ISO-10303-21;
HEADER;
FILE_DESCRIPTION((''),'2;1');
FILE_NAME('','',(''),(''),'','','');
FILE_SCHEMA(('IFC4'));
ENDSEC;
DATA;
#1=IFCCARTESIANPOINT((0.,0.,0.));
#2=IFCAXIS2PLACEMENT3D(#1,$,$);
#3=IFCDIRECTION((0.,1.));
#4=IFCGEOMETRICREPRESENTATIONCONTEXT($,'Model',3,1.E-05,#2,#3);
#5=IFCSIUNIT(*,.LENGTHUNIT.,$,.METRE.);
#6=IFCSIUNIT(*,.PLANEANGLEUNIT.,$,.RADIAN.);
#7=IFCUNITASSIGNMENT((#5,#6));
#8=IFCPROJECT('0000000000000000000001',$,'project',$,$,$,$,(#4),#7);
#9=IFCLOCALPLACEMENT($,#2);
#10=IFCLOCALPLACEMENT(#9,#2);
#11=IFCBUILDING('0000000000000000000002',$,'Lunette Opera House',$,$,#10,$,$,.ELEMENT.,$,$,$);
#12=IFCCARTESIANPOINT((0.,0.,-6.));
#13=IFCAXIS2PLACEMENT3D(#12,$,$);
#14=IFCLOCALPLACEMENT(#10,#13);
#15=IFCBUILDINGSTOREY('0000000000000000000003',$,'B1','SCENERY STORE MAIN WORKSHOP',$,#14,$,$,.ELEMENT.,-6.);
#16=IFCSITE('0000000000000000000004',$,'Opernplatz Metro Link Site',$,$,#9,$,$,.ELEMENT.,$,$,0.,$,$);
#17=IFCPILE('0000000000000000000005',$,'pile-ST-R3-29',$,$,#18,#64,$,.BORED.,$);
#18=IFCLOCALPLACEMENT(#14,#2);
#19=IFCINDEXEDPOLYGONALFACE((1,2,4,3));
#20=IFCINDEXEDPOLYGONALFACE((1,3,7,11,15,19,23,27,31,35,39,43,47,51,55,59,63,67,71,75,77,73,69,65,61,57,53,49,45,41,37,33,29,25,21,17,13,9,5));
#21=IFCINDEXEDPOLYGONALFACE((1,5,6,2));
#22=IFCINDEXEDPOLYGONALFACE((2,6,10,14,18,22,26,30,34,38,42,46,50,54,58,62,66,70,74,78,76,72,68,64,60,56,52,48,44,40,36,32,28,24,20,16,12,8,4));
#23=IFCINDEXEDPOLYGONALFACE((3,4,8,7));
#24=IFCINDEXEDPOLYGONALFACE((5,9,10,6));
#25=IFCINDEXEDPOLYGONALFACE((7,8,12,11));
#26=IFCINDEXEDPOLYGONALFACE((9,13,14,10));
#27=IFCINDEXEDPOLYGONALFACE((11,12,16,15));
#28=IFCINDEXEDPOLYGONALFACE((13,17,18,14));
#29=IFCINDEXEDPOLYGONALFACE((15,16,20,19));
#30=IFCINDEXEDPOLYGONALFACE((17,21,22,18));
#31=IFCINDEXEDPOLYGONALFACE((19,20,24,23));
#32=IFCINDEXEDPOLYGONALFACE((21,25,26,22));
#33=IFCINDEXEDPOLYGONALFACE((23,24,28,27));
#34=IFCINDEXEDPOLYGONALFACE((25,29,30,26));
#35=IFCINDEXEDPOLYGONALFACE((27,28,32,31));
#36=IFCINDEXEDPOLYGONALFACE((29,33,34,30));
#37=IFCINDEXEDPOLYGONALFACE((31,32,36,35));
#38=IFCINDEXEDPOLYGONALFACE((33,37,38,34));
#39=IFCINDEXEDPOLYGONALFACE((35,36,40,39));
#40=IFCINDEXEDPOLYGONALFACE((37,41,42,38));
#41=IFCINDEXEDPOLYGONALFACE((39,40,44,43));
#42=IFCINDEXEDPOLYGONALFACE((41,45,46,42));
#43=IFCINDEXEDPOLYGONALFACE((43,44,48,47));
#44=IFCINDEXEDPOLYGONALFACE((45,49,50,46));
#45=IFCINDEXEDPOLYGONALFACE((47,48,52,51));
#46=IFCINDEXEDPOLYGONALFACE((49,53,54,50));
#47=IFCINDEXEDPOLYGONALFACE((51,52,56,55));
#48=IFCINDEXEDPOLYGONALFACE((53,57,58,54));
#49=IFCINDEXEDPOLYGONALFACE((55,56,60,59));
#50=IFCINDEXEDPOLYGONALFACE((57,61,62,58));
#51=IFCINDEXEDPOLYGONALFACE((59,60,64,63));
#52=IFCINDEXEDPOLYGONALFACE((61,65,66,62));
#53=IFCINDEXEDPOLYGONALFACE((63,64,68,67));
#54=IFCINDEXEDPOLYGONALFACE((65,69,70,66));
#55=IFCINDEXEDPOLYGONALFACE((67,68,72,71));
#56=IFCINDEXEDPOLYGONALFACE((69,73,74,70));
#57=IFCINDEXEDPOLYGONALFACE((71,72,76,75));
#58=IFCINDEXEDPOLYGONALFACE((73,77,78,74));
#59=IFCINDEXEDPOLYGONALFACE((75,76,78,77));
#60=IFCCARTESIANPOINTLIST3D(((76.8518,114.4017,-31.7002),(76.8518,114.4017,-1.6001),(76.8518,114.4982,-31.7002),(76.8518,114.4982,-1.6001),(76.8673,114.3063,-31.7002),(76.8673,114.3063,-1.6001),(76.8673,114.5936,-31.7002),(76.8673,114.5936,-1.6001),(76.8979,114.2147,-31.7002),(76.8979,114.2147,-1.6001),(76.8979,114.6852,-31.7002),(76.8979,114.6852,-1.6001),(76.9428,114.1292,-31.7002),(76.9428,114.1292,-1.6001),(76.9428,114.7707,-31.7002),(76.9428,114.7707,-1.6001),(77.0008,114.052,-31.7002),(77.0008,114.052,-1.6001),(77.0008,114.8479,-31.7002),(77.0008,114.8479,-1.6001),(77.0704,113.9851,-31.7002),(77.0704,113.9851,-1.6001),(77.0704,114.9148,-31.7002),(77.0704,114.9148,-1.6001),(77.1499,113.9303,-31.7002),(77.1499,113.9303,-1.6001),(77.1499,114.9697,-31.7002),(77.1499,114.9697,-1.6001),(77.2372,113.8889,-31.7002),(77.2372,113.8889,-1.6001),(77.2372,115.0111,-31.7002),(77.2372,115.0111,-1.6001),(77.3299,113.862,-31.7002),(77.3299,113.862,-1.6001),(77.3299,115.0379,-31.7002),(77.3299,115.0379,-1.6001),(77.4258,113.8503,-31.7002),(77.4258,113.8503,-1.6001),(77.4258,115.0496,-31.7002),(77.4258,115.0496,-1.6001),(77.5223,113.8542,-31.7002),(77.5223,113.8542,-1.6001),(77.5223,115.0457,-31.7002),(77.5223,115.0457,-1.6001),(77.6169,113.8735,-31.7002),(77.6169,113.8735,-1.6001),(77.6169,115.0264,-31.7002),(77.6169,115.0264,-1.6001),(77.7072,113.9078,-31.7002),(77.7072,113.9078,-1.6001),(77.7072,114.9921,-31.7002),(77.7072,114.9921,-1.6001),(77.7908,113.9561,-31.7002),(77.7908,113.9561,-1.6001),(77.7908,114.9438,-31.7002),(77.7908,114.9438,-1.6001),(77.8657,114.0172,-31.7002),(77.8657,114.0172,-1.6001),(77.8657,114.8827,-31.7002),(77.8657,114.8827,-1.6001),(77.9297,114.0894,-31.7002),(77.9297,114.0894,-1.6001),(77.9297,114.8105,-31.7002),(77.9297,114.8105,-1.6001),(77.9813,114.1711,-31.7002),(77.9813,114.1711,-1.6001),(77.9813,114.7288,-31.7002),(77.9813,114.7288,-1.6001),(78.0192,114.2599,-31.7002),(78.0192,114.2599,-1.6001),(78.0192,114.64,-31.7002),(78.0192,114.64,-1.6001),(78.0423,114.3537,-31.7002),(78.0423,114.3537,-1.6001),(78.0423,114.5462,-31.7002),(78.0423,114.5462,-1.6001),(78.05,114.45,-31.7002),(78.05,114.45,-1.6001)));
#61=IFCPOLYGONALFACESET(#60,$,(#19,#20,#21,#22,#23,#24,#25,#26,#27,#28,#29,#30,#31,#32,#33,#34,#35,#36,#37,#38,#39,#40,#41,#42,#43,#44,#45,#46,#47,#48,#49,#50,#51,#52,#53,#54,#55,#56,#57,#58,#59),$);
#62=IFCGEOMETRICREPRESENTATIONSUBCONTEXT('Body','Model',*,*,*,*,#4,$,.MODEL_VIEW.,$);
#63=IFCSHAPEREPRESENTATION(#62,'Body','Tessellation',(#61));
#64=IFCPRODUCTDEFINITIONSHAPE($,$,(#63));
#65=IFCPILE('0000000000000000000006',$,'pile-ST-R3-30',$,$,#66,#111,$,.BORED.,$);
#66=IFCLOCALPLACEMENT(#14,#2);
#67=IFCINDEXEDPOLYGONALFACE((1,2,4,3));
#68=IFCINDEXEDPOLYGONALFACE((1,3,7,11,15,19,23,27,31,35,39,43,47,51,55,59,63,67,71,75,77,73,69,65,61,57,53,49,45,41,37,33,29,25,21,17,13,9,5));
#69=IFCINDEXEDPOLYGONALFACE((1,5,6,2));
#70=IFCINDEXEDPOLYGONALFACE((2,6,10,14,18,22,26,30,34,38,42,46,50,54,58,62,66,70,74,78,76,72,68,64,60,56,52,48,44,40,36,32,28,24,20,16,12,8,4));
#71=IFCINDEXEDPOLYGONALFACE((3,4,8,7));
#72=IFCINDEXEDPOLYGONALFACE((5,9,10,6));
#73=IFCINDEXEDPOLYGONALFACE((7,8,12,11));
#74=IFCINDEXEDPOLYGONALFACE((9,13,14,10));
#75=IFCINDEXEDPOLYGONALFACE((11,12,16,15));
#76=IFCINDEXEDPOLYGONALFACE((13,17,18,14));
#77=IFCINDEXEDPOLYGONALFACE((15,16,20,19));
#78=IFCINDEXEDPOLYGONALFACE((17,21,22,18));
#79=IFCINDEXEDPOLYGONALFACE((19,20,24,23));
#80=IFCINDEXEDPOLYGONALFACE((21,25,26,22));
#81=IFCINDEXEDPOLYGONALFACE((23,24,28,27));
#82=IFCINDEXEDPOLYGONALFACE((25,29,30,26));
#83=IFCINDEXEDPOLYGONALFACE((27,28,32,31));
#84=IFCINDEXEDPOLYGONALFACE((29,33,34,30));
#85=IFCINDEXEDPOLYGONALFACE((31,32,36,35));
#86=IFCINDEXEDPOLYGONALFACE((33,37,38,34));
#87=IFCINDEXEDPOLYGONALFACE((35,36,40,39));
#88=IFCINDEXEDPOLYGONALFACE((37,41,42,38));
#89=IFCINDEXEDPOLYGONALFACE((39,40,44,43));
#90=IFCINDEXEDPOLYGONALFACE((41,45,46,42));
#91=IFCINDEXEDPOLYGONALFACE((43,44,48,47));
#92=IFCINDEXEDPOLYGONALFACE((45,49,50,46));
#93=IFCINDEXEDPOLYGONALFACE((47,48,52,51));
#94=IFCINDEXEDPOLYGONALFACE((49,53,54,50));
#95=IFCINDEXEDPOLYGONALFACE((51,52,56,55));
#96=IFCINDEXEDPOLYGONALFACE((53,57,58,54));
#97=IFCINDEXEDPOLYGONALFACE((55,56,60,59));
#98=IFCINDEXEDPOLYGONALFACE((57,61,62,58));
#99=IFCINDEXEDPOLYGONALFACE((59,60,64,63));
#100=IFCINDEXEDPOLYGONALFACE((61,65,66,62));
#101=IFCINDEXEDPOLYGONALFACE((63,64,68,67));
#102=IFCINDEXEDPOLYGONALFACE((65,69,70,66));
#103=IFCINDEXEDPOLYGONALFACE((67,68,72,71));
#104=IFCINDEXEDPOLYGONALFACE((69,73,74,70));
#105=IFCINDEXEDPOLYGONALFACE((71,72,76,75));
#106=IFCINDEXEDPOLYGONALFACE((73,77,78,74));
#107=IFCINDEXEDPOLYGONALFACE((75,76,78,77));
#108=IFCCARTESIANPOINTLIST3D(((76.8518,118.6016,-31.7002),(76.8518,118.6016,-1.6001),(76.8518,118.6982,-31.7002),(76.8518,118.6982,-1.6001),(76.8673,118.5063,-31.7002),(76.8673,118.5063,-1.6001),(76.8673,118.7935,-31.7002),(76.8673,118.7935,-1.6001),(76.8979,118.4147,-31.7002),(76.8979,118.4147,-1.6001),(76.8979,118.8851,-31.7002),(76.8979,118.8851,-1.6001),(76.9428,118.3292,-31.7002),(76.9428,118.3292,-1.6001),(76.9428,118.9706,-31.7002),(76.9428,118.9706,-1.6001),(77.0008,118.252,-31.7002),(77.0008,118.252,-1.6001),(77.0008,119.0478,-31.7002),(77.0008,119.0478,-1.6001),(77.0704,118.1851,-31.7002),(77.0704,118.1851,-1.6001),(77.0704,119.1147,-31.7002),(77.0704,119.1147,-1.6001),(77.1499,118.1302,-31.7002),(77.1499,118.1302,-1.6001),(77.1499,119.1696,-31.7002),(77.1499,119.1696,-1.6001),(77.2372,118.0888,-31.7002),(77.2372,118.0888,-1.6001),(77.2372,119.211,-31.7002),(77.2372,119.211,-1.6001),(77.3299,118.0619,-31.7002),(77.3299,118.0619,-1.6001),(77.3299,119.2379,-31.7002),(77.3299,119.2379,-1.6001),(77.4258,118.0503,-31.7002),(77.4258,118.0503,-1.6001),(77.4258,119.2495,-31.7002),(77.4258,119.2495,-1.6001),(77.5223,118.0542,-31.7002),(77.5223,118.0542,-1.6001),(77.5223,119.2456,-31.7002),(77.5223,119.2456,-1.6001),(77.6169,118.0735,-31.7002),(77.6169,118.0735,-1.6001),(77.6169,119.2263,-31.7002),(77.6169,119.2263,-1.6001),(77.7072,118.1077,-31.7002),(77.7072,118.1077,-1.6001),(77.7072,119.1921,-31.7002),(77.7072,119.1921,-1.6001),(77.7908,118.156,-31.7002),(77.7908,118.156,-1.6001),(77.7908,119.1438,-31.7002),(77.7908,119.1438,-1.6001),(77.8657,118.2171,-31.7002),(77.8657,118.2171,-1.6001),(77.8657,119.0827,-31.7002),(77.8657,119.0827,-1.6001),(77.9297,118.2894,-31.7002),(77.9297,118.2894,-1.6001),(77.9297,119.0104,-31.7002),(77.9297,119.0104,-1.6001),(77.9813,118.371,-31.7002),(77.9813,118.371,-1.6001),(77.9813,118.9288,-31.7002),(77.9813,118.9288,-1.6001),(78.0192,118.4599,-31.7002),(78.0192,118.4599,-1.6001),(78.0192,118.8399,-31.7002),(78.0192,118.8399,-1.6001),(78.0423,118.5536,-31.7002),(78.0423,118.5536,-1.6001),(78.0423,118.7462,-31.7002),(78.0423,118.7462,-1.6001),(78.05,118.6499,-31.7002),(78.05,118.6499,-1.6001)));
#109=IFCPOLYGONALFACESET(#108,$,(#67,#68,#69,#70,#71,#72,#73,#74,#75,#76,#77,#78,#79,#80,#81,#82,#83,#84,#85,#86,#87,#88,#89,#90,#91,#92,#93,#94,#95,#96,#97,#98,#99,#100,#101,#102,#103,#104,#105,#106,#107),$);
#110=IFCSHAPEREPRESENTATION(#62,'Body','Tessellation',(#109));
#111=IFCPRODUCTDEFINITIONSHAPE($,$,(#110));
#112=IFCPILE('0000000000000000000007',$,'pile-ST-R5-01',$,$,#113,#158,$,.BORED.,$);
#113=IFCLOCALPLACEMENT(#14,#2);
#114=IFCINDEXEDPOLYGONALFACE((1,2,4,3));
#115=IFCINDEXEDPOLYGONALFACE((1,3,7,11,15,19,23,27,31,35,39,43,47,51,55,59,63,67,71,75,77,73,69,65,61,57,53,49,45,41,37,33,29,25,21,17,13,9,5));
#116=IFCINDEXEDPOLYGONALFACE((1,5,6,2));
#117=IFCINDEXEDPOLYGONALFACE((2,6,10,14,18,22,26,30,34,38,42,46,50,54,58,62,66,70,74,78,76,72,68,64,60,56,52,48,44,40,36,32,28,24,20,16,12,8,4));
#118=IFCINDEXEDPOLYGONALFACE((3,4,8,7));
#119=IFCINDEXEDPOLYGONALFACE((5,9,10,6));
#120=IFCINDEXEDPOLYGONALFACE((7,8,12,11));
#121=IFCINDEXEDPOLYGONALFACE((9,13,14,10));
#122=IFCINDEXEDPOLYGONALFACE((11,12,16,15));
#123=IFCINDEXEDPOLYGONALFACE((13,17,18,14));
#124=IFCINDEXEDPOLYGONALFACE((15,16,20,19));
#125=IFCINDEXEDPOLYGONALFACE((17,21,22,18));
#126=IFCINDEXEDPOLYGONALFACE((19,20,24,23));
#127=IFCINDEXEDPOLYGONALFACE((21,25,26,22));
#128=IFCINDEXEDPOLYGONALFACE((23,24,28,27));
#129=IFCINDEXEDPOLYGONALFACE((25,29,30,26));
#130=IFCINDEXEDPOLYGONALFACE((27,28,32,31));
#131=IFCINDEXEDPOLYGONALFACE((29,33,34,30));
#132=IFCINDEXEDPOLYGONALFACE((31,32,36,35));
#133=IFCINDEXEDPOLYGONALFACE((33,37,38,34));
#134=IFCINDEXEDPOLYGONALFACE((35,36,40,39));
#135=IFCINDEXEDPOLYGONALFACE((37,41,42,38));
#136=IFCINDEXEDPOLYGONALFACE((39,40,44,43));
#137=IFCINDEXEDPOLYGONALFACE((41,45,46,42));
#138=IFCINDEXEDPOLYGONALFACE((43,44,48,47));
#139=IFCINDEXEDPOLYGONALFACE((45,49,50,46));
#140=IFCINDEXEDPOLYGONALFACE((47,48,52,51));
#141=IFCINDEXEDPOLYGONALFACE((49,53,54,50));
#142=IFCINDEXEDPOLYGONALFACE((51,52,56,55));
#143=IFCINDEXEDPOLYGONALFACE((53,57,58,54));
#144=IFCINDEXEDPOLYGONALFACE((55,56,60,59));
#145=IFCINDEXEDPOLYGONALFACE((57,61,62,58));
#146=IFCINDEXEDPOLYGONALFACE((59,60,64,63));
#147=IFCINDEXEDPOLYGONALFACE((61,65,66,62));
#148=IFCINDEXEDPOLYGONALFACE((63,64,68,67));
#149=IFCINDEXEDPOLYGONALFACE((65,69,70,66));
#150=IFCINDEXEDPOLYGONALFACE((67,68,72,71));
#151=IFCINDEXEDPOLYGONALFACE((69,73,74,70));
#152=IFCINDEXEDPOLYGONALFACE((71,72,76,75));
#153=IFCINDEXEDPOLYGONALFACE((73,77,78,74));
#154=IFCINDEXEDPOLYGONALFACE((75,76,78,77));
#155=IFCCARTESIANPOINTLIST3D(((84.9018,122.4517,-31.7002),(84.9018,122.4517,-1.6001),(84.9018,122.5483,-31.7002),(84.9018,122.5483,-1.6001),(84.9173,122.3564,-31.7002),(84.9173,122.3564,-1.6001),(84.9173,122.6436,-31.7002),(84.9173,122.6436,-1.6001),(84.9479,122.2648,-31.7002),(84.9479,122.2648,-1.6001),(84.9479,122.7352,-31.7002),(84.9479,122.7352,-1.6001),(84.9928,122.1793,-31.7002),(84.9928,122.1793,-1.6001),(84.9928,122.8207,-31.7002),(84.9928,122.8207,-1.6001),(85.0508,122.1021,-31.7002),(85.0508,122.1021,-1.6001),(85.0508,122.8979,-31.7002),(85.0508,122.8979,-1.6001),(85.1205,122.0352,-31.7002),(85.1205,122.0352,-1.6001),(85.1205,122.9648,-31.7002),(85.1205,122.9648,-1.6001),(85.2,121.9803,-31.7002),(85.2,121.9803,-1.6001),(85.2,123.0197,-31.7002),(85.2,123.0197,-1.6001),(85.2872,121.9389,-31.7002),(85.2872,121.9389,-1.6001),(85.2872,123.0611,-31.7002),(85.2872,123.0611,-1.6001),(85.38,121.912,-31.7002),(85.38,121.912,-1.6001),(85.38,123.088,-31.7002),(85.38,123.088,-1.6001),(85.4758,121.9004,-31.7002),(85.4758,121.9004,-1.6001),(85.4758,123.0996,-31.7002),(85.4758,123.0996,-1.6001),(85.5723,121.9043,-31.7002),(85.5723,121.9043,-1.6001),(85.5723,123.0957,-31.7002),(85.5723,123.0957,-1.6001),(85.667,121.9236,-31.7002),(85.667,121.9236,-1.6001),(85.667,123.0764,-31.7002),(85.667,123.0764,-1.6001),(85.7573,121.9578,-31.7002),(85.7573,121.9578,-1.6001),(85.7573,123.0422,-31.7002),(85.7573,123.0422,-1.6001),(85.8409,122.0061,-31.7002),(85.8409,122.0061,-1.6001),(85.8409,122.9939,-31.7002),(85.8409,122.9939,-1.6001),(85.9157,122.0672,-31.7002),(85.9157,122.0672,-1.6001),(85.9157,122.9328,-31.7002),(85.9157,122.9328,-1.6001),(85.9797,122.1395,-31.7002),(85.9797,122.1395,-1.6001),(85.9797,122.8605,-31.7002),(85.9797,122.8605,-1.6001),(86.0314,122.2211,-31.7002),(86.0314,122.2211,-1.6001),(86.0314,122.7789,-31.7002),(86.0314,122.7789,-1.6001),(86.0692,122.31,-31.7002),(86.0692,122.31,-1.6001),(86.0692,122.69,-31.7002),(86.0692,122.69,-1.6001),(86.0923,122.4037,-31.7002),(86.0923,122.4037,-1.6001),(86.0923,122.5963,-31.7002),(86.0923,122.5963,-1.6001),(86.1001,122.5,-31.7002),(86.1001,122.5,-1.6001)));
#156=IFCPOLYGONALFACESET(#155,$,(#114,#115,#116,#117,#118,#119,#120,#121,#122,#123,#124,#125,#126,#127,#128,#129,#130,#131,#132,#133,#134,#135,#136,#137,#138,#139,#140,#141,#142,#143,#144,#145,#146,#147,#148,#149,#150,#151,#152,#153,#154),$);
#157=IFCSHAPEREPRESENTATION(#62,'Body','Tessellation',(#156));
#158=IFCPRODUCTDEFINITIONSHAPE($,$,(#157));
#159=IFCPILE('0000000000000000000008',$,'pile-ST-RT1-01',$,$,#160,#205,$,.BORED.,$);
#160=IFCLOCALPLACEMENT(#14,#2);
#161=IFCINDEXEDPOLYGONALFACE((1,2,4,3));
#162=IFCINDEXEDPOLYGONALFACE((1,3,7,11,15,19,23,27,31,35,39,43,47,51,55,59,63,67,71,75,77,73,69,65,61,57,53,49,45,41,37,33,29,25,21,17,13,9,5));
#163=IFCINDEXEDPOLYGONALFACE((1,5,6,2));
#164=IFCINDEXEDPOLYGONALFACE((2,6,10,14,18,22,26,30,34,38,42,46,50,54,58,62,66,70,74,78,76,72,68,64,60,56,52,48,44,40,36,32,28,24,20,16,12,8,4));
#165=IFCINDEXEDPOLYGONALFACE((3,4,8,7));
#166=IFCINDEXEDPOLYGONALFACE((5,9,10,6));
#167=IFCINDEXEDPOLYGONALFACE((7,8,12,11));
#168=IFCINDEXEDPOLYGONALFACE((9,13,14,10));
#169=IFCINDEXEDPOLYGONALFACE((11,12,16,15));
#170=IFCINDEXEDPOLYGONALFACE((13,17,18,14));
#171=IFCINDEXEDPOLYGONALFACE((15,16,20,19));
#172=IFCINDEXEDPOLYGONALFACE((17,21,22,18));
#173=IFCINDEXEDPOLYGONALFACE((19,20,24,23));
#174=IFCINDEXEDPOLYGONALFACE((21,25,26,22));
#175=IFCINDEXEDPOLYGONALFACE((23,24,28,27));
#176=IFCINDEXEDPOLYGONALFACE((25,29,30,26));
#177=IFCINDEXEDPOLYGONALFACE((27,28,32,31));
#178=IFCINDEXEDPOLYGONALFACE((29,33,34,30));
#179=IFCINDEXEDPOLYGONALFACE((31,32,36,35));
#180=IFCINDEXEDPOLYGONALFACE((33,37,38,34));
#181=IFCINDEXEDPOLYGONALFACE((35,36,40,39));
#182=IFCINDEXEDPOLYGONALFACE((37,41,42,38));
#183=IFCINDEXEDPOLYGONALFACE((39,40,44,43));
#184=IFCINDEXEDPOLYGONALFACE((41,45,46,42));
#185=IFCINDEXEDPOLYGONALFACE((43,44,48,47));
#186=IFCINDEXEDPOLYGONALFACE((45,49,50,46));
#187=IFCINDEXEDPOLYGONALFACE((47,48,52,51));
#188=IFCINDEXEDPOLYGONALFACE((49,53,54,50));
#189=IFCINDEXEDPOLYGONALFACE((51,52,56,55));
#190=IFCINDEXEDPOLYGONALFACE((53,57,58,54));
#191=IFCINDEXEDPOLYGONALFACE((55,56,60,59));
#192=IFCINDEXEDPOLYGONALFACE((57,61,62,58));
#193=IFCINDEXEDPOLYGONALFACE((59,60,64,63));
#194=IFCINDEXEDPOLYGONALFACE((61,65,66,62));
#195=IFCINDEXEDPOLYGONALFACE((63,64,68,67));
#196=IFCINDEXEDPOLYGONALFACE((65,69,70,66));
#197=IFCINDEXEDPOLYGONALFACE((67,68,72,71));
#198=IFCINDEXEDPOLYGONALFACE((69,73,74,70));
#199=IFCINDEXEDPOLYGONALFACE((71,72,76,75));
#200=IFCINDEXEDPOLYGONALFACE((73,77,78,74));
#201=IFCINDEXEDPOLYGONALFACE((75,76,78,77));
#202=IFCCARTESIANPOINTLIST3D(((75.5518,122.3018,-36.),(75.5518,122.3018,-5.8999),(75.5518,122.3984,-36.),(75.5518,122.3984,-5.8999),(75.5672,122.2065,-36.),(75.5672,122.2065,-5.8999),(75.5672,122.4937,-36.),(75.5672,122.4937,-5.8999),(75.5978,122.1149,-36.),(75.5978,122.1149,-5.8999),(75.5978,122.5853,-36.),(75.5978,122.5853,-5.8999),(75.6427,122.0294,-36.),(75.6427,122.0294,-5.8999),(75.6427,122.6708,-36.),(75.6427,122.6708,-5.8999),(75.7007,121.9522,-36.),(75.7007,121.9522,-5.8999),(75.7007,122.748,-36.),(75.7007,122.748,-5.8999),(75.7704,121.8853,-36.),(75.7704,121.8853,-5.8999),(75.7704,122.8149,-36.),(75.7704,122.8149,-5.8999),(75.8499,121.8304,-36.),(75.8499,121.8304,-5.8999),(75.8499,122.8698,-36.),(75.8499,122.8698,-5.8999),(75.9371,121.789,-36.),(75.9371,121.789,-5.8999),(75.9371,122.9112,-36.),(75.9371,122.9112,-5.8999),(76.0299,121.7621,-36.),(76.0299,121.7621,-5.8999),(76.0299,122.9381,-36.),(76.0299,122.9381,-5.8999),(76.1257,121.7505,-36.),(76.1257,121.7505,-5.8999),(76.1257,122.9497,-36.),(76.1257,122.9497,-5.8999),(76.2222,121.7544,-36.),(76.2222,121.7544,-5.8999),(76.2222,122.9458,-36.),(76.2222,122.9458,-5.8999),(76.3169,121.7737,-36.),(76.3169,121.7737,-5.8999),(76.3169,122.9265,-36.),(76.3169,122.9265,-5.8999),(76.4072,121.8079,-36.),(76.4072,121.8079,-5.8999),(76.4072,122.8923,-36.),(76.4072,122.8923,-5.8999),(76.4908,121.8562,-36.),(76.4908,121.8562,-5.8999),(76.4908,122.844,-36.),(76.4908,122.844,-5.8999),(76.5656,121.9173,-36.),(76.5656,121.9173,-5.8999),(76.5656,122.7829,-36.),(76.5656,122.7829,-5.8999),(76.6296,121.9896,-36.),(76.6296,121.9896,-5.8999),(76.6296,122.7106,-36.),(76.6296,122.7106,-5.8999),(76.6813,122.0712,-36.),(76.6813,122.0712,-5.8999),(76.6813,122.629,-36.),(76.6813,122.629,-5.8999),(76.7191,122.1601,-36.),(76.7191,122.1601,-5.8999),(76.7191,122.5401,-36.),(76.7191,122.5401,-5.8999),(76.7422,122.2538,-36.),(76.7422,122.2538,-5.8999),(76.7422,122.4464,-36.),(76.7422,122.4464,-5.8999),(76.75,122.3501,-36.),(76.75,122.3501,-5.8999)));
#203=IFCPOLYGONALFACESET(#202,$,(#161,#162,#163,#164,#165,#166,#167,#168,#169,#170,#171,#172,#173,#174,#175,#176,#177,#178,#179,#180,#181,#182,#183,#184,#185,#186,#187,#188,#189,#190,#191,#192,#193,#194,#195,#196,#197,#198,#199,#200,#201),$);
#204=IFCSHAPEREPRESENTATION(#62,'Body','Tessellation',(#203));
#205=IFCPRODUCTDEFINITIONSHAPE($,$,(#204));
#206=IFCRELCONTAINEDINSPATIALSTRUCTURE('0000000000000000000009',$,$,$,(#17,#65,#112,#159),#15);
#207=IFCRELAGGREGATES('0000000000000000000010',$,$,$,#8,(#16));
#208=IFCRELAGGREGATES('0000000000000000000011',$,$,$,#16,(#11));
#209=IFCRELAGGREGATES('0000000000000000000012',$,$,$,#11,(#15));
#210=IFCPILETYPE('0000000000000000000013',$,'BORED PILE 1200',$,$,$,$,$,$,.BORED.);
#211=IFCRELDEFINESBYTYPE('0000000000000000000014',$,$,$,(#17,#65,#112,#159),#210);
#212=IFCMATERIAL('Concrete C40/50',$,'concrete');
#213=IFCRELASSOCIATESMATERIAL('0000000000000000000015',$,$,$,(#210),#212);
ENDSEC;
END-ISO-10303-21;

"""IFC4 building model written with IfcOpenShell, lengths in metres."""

from ifc_helpers import new_model, si_unit, direction, frame, origin, origin_2d, place, context, subcontext, project, spatial, circle, extrude, material, material_profile, profile_set, type_object, element, save


model = new_model("IFC4")

# Units and contexts
model_context = context("Model", 3, precision=1e-05, world=origin(), true_north=direction((0.0, 1.0)))
body_context = subcontext(model_context, "Body", "Model", "MODEL_VIEW")
ifc_project = project(units=[si_unit("LENGTHUNIT", "METRE"), si_unit("PLANEANGLEUNIT", "RADIAN")], contexts=[model_context])

# Site, building, storey
site_placement = place(None, origin())
site = spatial("IfcSite", under=ifc_project, at=site_placement, Name="Opernplatz Metro Link Site", CompositionType="ELEMENT", RefElevation=0.0)
building_placement = place(site_placement, origin())
building = spatial("IfcBuilding", under=site, at=building_placement, Name="Lunette Opera House", CompositionType="ELEMENT")
storey_placement = place(building_placement, frame((0.0, 0.0, -6.0)))
storey = spatial("IfcBuildingStorey", under=building, at=storey_placement, Name="B1", Description="SCENERY STORE MAIN WORKSHOP", CompositionType="ELEMENT", Elevation=-6.0)

# Piles
ifc_material_1 = material(Name="Concrete C40/50", Category="concrete")
ifc_material_profile_1 = material_profile(ifc_material_1, circle(Radius=0.6001, at=origin_2d()), Name="BORED PILE 1200")
ifc_profile_set_1 = profile_set([ifc_material_profile_1], Name="Concrete C40/50")
pile_type = type_object("IfcPileType", Name="BORED PILE 1200", PredefinedType="BORED", material=ifc_profile_set_1)
for number, where, z_axis, x_axis, name in (
    (1, (77.45, 114.45, -1.6001), (0.0, 0.0, -1.0), (1.0, 0.0, 0.0), "pile-ST-R3-29"),
    (2, (77.45, 118.6499, -1.6001), (0.0, 0.0, -1.0), (1.0, 0.0, 0.0), "pile-ST-R3-30"),
    (3, (85.5, 122.5, -1.6001), (0.0, 0.0, -1.0), (1.0, 0.0, 0.0), "pile-ST-R5-01"),
    (4, (76.1499, 122.3501, -5.8999), (0.0, 0.0, -1.0), (1.0, 0.0, 0.0), "pile-ST-RT1-01"),
):
    element("IfcPile", number, at=place(storey_placement, frame(where, z_axis=z_axis, x_axis=x_axis)), inside=storey, type_object=pile_type, Name=name, PredefinedType="BORED", context=body_context, shape_type="SweptSolid", body=[
        extrude(circle(Radius=0.6001, at=origin_2d()), origin(), (0.0, 0.0, 1.0), 30.1001),
    ])

save(model, "model.ifc")
